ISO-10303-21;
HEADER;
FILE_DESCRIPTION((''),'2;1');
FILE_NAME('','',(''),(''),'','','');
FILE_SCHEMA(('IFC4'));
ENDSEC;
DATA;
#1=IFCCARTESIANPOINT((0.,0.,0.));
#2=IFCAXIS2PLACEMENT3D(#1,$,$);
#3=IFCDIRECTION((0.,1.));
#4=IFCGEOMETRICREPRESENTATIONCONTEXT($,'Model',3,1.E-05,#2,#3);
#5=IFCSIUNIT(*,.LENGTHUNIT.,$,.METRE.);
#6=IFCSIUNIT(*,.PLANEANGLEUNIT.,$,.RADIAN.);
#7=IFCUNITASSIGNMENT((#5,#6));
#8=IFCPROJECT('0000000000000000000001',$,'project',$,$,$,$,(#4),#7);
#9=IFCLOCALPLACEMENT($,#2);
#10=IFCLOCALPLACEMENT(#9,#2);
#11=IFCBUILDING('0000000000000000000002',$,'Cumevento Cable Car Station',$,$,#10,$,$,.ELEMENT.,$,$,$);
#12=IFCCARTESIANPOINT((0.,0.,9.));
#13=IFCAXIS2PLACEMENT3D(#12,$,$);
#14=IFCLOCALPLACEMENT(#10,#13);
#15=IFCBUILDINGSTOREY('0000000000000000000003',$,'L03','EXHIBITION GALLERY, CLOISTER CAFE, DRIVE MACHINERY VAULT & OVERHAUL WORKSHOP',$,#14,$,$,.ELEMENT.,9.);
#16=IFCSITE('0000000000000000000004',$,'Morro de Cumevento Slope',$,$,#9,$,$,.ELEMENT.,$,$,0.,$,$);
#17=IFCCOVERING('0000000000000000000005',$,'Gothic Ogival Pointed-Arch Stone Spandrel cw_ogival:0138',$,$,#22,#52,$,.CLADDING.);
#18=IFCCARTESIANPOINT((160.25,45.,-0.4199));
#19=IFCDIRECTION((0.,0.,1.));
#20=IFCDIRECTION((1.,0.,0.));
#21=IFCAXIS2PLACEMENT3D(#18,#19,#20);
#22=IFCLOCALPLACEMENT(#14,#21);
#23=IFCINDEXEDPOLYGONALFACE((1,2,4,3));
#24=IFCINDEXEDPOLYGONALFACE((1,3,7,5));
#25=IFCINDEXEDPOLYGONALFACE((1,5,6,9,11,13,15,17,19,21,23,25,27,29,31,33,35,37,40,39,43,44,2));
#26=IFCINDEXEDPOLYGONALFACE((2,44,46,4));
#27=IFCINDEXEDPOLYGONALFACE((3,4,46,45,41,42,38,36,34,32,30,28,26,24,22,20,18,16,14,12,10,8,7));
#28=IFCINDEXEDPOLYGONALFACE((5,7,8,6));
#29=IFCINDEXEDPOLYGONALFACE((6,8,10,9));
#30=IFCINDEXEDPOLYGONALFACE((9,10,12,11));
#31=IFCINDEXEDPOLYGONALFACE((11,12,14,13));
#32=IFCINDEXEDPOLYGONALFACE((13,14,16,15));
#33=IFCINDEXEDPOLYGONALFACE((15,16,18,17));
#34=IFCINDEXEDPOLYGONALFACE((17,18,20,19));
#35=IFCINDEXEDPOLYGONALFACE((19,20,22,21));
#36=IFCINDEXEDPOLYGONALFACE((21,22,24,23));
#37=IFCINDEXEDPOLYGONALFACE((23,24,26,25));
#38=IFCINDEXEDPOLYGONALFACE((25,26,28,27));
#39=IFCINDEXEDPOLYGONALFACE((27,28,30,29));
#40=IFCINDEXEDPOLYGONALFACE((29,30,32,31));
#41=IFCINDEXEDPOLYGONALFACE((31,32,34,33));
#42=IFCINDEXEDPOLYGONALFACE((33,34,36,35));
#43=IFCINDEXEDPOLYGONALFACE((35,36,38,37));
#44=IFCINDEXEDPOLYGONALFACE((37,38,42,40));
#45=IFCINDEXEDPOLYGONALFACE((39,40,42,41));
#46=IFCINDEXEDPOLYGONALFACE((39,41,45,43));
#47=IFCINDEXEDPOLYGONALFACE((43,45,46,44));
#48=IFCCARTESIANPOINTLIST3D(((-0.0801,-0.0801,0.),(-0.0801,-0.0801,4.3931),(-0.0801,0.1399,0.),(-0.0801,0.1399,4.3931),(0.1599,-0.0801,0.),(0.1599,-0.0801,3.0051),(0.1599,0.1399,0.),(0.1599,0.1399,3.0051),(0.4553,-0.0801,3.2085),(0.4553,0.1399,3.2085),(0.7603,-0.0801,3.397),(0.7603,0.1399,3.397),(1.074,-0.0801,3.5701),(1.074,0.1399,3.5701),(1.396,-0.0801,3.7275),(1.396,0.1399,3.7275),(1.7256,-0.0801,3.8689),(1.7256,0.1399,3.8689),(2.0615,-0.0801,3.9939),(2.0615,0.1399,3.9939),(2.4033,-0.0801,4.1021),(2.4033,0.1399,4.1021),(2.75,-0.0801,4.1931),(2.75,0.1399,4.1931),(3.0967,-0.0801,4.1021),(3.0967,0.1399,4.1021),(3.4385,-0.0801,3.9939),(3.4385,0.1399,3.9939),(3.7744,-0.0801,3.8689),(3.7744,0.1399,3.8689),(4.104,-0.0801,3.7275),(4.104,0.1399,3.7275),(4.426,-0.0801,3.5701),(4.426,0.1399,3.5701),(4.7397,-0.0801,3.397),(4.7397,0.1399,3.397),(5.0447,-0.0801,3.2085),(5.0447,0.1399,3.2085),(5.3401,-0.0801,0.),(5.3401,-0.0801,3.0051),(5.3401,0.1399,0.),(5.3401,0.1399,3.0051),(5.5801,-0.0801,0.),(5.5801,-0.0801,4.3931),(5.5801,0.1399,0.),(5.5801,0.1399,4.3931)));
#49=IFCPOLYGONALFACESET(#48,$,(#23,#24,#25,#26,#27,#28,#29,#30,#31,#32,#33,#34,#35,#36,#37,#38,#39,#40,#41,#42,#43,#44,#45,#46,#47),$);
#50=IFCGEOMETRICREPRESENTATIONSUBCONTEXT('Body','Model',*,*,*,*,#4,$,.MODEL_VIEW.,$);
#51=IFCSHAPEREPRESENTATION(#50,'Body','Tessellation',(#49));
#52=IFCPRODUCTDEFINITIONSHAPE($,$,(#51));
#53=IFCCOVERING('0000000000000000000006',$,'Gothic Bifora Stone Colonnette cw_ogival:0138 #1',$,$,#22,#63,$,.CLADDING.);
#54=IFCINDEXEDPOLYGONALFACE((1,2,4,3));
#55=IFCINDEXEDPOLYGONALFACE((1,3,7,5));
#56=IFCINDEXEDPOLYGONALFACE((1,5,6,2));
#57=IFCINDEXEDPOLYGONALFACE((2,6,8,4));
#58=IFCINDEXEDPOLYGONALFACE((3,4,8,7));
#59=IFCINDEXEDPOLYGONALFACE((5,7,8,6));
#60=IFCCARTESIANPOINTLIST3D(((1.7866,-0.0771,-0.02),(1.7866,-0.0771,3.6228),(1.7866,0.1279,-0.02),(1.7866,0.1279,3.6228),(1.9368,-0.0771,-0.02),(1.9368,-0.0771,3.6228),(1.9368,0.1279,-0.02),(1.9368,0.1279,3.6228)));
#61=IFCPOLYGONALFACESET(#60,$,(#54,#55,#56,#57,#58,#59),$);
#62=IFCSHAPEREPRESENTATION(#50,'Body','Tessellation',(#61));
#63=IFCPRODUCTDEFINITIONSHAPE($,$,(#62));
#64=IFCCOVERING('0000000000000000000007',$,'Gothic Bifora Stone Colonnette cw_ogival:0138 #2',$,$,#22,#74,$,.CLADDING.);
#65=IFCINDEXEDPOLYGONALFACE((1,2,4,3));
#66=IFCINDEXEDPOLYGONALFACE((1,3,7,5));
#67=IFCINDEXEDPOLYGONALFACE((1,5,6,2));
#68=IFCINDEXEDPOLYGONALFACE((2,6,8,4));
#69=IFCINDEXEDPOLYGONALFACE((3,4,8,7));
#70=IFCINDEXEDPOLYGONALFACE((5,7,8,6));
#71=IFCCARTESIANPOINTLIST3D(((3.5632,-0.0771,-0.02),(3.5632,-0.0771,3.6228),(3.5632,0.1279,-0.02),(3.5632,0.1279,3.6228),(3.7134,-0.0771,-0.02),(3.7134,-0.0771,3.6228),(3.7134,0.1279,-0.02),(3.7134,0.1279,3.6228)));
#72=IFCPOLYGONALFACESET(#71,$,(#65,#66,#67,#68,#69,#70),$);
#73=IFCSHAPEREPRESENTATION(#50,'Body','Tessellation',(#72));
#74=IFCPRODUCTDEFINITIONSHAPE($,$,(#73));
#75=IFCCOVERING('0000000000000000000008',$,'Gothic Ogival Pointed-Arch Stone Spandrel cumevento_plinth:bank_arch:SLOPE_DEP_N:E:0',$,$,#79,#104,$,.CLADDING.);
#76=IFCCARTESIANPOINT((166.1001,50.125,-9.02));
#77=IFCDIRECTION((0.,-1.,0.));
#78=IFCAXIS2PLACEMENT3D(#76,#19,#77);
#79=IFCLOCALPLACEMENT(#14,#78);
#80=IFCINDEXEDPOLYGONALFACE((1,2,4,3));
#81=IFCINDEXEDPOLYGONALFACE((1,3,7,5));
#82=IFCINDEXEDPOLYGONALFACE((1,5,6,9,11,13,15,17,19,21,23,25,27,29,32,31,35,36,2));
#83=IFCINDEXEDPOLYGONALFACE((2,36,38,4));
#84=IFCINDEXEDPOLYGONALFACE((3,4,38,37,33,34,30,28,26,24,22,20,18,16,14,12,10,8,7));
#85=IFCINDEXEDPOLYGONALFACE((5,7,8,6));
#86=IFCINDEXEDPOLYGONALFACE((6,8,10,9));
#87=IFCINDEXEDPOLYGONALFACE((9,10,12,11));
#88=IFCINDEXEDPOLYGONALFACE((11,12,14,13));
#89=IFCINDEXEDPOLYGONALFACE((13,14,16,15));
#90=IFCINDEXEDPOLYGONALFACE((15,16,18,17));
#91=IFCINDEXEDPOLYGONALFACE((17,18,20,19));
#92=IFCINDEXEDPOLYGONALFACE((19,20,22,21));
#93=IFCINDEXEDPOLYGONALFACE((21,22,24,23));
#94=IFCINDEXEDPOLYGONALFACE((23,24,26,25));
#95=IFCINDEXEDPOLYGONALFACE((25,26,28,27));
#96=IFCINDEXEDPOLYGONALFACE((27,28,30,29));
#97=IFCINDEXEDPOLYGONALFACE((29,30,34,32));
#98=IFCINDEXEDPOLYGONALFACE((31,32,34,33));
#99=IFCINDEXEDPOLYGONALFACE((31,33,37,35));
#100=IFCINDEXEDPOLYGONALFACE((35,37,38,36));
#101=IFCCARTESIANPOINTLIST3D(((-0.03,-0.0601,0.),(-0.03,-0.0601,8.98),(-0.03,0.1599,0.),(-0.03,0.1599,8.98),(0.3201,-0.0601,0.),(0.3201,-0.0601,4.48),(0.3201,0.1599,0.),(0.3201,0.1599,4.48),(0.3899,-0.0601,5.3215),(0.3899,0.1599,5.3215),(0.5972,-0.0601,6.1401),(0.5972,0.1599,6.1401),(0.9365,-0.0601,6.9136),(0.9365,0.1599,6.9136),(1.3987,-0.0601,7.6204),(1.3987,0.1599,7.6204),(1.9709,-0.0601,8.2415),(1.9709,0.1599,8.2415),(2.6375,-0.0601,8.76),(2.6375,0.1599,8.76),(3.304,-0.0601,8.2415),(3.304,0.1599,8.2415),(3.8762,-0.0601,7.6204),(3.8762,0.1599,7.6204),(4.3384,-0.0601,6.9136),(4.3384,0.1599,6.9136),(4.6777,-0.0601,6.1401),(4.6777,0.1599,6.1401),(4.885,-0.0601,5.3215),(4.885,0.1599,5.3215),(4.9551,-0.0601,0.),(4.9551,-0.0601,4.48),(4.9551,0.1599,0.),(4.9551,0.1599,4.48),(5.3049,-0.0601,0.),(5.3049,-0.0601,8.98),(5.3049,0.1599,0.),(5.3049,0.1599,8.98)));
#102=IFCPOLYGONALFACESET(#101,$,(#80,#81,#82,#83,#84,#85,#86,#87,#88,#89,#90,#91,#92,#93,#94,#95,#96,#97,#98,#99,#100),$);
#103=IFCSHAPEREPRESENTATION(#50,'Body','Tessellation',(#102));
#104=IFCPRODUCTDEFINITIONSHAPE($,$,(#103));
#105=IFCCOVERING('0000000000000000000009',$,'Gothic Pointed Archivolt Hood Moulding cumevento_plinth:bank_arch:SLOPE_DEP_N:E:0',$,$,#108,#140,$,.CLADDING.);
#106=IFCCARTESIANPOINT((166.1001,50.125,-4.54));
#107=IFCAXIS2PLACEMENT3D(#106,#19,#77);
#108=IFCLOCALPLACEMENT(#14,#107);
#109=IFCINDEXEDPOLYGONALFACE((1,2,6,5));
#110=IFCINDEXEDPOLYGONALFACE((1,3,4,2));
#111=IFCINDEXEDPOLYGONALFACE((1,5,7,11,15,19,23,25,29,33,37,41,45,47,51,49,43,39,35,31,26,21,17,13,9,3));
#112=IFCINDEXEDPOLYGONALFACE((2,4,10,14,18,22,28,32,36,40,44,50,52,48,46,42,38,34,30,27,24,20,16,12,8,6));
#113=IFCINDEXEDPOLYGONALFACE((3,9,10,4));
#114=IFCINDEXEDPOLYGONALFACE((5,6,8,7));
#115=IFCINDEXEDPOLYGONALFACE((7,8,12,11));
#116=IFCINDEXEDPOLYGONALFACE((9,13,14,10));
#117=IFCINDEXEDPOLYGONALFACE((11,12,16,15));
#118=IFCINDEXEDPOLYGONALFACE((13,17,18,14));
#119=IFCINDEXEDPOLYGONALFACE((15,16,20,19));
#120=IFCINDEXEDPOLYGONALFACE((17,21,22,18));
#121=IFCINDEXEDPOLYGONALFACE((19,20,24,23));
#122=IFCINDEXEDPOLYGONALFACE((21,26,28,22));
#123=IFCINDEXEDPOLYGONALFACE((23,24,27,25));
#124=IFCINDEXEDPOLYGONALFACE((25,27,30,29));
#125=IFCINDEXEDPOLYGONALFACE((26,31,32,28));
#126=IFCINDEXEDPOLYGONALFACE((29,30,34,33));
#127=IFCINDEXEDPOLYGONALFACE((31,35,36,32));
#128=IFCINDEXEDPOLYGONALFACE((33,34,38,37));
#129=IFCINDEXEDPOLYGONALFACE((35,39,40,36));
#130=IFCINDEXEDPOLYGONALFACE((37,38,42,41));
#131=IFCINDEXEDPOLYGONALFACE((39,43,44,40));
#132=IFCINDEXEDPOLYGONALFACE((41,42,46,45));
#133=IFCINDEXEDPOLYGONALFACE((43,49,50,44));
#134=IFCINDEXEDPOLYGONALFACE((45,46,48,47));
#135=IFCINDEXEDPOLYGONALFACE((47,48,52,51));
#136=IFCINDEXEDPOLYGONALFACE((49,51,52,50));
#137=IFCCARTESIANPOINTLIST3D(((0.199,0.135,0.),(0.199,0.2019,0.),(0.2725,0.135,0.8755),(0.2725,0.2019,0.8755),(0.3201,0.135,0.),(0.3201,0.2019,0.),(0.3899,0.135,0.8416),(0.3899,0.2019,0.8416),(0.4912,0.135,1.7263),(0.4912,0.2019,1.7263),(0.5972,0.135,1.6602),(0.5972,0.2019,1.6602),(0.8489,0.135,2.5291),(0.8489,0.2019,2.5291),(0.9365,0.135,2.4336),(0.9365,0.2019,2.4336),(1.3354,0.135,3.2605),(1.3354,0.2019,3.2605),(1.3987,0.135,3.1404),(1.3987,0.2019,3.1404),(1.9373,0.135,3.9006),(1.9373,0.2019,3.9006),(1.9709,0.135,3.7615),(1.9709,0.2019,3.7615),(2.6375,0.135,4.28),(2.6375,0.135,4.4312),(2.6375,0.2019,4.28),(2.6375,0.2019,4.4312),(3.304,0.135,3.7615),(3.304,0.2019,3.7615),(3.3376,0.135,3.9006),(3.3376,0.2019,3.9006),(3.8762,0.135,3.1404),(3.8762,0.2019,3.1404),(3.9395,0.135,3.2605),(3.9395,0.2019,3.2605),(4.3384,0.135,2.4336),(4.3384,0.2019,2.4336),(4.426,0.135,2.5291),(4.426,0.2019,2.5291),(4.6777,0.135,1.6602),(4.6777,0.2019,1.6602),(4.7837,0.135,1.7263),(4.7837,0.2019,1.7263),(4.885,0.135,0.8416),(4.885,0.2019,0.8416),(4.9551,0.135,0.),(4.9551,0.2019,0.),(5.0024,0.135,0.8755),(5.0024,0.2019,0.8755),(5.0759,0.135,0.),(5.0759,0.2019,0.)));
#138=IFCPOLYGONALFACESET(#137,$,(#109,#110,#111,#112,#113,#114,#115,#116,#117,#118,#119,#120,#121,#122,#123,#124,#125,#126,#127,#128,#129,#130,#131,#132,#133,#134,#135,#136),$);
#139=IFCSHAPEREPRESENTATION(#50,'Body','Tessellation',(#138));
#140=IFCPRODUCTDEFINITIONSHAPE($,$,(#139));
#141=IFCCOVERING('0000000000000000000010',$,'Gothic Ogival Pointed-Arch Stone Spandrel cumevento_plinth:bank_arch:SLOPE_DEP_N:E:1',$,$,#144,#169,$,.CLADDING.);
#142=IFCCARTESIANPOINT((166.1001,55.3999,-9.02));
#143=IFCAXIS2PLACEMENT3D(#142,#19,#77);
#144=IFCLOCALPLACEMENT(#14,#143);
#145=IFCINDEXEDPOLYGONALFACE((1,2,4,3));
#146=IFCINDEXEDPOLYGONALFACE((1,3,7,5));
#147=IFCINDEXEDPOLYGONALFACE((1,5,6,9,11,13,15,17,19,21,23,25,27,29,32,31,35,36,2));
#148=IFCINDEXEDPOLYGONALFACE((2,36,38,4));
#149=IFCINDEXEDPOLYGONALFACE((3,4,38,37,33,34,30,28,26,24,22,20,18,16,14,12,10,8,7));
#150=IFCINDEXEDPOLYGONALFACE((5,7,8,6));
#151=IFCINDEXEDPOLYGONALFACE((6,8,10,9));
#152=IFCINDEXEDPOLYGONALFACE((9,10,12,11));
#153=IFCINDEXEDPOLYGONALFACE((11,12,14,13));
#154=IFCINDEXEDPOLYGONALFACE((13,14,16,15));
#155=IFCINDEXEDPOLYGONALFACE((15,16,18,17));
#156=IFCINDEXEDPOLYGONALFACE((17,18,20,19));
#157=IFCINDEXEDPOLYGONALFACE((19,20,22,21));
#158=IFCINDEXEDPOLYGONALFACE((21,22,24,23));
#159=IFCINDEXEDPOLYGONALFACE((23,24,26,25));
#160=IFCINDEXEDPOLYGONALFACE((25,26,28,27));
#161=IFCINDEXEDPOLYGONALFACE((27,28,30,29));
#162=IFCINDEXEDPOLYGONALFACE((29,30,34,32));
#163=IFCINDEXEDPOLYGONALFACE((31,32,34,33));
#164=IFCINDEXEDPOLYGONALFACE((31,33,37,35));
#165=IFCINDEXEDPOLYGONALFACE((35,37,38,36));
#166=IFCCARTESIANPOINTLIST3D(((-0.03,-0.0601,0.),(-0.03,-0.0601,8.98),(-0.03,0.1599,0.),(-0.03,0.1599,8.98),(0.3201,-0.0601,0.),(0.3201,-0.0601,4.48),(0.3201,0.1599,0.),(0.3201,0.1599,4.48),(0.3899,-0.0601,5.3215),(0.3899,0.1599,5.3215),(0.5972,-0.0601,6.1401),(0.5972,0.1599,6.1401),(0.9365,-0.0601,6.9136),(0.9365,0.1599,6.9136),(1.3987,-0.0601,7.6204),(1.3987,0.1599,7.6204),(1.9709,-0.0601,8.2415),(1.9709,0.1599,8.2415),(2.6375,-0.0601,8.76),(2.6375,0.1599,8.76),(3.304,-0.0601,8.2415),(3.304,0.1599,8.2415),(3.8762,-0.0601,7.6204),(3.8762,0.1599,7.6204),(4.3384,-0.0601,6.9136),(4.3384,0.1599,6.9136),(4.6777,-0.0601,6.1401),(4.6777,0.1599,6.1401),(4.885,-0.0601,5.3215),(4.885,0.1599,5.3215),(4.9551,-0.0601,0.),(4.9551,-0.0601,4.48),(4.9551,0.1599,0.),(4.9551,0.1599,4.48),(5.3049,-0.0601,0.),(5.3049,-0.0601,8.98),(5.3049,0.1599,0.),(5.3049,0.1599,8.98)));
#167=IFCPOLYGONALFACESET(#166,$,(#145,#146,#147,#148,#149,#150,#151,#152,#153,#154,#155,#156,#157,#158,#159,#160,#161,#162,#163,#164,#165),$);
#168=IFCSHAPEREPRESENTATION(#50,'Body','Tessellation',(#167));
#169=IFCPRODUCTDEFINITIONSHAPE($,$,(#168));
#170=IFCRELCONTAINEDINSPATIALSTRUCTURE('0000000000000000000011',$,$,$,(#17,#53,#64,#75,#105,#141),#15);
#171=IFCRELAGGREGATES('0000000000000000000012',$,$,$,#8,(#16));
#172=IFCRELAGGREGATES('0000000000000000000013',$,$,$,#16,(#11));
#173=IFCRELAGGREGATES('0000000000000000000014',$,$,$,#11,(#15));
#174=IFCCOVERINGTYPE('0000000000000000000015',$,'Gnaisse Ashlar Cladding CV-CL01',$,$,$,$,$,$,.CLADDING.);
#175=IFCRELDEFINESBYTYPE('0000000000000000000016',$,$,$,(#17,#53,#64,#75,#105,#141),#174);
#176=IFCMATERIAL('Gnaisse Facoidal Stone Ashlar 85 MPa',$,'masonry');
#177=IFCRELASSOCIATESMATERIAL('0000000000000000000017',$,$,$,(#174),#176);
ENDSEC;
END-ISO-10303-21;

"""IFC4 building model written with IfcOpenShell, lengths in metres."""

from ifc_helpers import new_model, si_unit, direction, frame, origin, place, context, subcontext, project, spatial, polyline, outline, extrude, material, type_object, element, save


model = new_model("IFC4")

# Units and contexts
model_context = context("Model", 3, precision=1e-05, world=origin(), true_north=direction((0.0, 1.0)))
body_context = subcontext(model_context, "Body", "Model", "MODEL_VIEW")
ifc_project = project(units=[si_unit("LENGTHUNIT", "METRE"), si_unit("PLANEANGLEUNIT", "RADIAN")], contexts=[model_context])

# Site, building, storey
site_placement = place(None, origin())
site = spatial("IfcSite", under=ifc_project, at=site_placement, Name="Morro de Cumevento Slope", CompositionType="ELEMENT", RefElevation=0.0)
building_placement = place(site_placement, origin())
building = spatial("IfcBuilding", under=site, at=building_placement, Name="Cumevento Cable Car Station", CompositionType="ELEMENT")
storey_placement = place(building_placement, frame((0.0, 0.0, 9.0)))
storey = spatial("IfcBuildingStorey", under=building, at=storey_placement, Name="L03", Description="EXHIBITION GALLERY, CLOISTER CAFE, DRIVE MACHINERY VAULT & OVERHAUL WORKSHOP", CompositionType="ELEMENT", Elevation=9.0)

# Coverings
ifc_material_1 = material(Name="Gnaisse Facoidal Stone Ashlar 85 MPa", Category="masonry")
covering_type = type_object("IfcCoveringType", Name="Gnaisse Ashlar Cladding CV-CL01", PredefinedType="CLADDING", material=ifc_material_1)
placement = place(storey_placement, frame((160.25, 45.0, -0.4199), z_axis=(0.0, 0.0, 1.0), x_axis=(1.0, 0.0, 0.0)))
element("IfcCovering", 1, at=placement, inside=storey, type_object=covering_type, Name="Gothic Ogival Pointed-Arch Stone Spandrel cw_ogival:0138", PredefinedType="CLADDING", context=body_context, shape_type="SweptSolid", body=[
    extrude(outline(polyline([(-0.0801, 0.0), (-0.0801, 4.3931), (5.5801, 4.3931), (5.5801, 0.0), (5.3401, 0.0), (5.3401, 3.0051), (5.0447, 3.2085), (4.7397, 3.397), (4.426, 3.5701), (4.104, 3.7275), (3.7744, 3.8689), (3.4385, 3.9939), (3.0967, 4.1021), (2.75, 4.1931), (2.4033, 4.1021), (2.0615, 3.9939), (1.7256, 3.8689), (1.396, 3.7275), (1.074, 3.5701), (0.7603, 3.397), (0.4553, 3.2085), (0.1599, 3.0051), (0.1599, 0.0), (-0.0801, 0.0)])), frame((0.0, 0.1399, 0.0), z_axis=(0.0, -1.0, 0.0), x_axis=(1.0, 0.0, 0.0)), (0.0, 0.0, 1.0), 0.22),
])
element("IfcCovering", 2, at=placement, inside=storey, type_object=covering_type, Name="Gothic Bifora Stone Colonnette cw_ogival:0138 #1", PredefinedType="CLADDING", context=body_context, shape_type="SweptSolid", body=[
    extrude(outline(polyline([(1.7866, -0.02), (1.9368, -0.02), (1.9368, 3.6228), (1.7866, 3.6228), (1.7866, -0.02)])), frame((0.0, 0.1279, 0.0), z_axis=(0.0, -1.0, 0.0), x_axis=(1.0, 0.0, 0.0)), (0.0, 0.0, 1.0), 0.2051),
])
element("IfcCovering", 3, at=placement, inside=storey, type_object=covering_type, Name="Gothic Bifora Stone Colonnette cw_ogival:0138 #2", PredefinedType="CLADDING", context=body_context, shape_type="SweptSolid", body=[
    extrude(outline(polyline([(3.5632, -0.02), (3.7134, -0.02), (3.7134, 3.6228), (3.5632, 3.6228), (3.5632, -0.02)])), frame((0.0, 0.1279, 0.0), z_axis=(0.0, -1.0, 0.0), x_axis=(1.0, 0.0, 0.0)), (0.0, 0.0, 1.0), 0.2051),
])
covering_1_placement = place(storey_placement, frame((166.1001, 50.125, -9.02), z_axis=(0.0, 0.0, 1.0), x_axis=(0.0, -1.0, 0.0)))
element("IfcCovering", 4, at=covering_1_placement, inside=storey, type_object=covering_type, Name="Gothic Ogival Pointed-Arch Stone Spandrel cumevento_plinth:bank_arch:SLOPE_DEP_N:E:0", PredefinedType="CLADDING", context=body_context, shape_type="SweptSolid", body=[
    extrude(outline(polyline([(-0.03, 0.0), (-0.03, 8.98), (5.3049, 8.98), (5.3049, 0.0), (4.9551, 0.0), (4.9551, 4.48), (4.885, 5.3215), (4.6777, 6.1401), (4.3384, 6.9136), (3.8762, 7.6204), (3.304, 8.2415), (2.6375, 8.76), (1.9709, 8.2415), (1.3987, 7.6204), (0.9365, 6.9136), (0.5972, 6.1401), (0.3899, 5.3215), (0.3201, 4.48), (0.3201, 0.0), (-0.03, 0.0)])), frame((0.0, 0.1599, 0.0), z_axis=(0.0, -1.0, 0.0), x_axis=(1.0, 0.0, 0.0)), (0.0, 0.0, 1.0), 0.22),
])
covering_2_placement = place(storey_placement, frame((166.1001, 50.125, -4.54), z_axis=(0.0, 0.0, 1.0), x_axis=(0.0, -1.0, 0.0)))
element("IfcCovering", 5, at=covering_2_placement, inside=storey, type_object=covering_type, Name="Gothic Pointed Archivolt Hood Moulding cumevento_plinth:bank_arch:SLOPE_DEP_N:E:0", PredefinedType="CLADDING", context=body_context, shape_type="SweptSolid", body=[
    extrude(outline(polyline([(0.3201, 0.0), (0.3899, 0.8416), (0.5972, 1.6602), (0.9365, 2.4336), (1.3987, 3.1404), (1.9709, 3.7615), (2.6375, 4.28), (3.304, 3.7615), (3.8762, 3.1404), (4.3384, 2.4336), (4.6777, 1.6602), (4.885, 0.8416), (4.9551, 0.0), (5.0759, 0.0), (5.0024, 0.8755), (4.7837, 1.7263), (4.426, 2.5291), (3.9395, 3.2605), (3.3376, 3.9006), (2.6375, 4.4312), (1.9373, 3.9006), (1.3354, 3.2605), (0.8489, 2.5291), (0.4912, 1.7263), (0.2725, 0.8755), (0.199, 0.0), (0.3201, 0.0)])), frame((0.0, 0.2019, 0.0), z_axis=(0.0, -1.0, 0.0), x_axis=(1.0, 0.0, 0.0)), (0.0, 0.0, 1.0), 0.0669),
])
covering_3_placement = place(storey_placement, frame((166.1001, 55.3999, -9.02), z_axis=(0.0, 0.0, 1.0), x_axis=(0.0, -1.0, 0.0)))
element("IfcCovering", 6, at=covering_3_placement, inside=storey, type_object=covering_type, Name="Gothic Ogival Pointed-Arch Stone Spandrel cumevento_plinth:bank_arch:SLOPE_DEP_N:E:1", PredefinedType="CLADDING", context=body_context, shape_type="SweptSolid", body=[
    extrude(outline(polyline([(-0.03, 0.0), (-0.03, 8.98), (5.3049, 8.98), (5.3049, 0.0), (4.9551, 0.0), (4.9551, 4.48), (4.885, 5.3215), (4.6777, 6.1401), (4.3384, 6.9136), (3.8762, 7.6204), (3.304, 8.2415), (2.6375, 8.76), (1.9709, 8.2415), (1.3987, 7.6204), (0.9365, 6.9136), (0.5972, 6.1401), (0.3899, 5.3215), (0.3201, 4.48), (0.3201, 0.0), (-0.03, 0.0)])), frame((0.0, 0.1599, 0.0), z_axis=(0.0, -1.0, 0.0), x_axis=(1.0, 0.0, 0.0)), (0.0, 0.0, 1.0), 0.22),
])

save(model, "model.ifc")
